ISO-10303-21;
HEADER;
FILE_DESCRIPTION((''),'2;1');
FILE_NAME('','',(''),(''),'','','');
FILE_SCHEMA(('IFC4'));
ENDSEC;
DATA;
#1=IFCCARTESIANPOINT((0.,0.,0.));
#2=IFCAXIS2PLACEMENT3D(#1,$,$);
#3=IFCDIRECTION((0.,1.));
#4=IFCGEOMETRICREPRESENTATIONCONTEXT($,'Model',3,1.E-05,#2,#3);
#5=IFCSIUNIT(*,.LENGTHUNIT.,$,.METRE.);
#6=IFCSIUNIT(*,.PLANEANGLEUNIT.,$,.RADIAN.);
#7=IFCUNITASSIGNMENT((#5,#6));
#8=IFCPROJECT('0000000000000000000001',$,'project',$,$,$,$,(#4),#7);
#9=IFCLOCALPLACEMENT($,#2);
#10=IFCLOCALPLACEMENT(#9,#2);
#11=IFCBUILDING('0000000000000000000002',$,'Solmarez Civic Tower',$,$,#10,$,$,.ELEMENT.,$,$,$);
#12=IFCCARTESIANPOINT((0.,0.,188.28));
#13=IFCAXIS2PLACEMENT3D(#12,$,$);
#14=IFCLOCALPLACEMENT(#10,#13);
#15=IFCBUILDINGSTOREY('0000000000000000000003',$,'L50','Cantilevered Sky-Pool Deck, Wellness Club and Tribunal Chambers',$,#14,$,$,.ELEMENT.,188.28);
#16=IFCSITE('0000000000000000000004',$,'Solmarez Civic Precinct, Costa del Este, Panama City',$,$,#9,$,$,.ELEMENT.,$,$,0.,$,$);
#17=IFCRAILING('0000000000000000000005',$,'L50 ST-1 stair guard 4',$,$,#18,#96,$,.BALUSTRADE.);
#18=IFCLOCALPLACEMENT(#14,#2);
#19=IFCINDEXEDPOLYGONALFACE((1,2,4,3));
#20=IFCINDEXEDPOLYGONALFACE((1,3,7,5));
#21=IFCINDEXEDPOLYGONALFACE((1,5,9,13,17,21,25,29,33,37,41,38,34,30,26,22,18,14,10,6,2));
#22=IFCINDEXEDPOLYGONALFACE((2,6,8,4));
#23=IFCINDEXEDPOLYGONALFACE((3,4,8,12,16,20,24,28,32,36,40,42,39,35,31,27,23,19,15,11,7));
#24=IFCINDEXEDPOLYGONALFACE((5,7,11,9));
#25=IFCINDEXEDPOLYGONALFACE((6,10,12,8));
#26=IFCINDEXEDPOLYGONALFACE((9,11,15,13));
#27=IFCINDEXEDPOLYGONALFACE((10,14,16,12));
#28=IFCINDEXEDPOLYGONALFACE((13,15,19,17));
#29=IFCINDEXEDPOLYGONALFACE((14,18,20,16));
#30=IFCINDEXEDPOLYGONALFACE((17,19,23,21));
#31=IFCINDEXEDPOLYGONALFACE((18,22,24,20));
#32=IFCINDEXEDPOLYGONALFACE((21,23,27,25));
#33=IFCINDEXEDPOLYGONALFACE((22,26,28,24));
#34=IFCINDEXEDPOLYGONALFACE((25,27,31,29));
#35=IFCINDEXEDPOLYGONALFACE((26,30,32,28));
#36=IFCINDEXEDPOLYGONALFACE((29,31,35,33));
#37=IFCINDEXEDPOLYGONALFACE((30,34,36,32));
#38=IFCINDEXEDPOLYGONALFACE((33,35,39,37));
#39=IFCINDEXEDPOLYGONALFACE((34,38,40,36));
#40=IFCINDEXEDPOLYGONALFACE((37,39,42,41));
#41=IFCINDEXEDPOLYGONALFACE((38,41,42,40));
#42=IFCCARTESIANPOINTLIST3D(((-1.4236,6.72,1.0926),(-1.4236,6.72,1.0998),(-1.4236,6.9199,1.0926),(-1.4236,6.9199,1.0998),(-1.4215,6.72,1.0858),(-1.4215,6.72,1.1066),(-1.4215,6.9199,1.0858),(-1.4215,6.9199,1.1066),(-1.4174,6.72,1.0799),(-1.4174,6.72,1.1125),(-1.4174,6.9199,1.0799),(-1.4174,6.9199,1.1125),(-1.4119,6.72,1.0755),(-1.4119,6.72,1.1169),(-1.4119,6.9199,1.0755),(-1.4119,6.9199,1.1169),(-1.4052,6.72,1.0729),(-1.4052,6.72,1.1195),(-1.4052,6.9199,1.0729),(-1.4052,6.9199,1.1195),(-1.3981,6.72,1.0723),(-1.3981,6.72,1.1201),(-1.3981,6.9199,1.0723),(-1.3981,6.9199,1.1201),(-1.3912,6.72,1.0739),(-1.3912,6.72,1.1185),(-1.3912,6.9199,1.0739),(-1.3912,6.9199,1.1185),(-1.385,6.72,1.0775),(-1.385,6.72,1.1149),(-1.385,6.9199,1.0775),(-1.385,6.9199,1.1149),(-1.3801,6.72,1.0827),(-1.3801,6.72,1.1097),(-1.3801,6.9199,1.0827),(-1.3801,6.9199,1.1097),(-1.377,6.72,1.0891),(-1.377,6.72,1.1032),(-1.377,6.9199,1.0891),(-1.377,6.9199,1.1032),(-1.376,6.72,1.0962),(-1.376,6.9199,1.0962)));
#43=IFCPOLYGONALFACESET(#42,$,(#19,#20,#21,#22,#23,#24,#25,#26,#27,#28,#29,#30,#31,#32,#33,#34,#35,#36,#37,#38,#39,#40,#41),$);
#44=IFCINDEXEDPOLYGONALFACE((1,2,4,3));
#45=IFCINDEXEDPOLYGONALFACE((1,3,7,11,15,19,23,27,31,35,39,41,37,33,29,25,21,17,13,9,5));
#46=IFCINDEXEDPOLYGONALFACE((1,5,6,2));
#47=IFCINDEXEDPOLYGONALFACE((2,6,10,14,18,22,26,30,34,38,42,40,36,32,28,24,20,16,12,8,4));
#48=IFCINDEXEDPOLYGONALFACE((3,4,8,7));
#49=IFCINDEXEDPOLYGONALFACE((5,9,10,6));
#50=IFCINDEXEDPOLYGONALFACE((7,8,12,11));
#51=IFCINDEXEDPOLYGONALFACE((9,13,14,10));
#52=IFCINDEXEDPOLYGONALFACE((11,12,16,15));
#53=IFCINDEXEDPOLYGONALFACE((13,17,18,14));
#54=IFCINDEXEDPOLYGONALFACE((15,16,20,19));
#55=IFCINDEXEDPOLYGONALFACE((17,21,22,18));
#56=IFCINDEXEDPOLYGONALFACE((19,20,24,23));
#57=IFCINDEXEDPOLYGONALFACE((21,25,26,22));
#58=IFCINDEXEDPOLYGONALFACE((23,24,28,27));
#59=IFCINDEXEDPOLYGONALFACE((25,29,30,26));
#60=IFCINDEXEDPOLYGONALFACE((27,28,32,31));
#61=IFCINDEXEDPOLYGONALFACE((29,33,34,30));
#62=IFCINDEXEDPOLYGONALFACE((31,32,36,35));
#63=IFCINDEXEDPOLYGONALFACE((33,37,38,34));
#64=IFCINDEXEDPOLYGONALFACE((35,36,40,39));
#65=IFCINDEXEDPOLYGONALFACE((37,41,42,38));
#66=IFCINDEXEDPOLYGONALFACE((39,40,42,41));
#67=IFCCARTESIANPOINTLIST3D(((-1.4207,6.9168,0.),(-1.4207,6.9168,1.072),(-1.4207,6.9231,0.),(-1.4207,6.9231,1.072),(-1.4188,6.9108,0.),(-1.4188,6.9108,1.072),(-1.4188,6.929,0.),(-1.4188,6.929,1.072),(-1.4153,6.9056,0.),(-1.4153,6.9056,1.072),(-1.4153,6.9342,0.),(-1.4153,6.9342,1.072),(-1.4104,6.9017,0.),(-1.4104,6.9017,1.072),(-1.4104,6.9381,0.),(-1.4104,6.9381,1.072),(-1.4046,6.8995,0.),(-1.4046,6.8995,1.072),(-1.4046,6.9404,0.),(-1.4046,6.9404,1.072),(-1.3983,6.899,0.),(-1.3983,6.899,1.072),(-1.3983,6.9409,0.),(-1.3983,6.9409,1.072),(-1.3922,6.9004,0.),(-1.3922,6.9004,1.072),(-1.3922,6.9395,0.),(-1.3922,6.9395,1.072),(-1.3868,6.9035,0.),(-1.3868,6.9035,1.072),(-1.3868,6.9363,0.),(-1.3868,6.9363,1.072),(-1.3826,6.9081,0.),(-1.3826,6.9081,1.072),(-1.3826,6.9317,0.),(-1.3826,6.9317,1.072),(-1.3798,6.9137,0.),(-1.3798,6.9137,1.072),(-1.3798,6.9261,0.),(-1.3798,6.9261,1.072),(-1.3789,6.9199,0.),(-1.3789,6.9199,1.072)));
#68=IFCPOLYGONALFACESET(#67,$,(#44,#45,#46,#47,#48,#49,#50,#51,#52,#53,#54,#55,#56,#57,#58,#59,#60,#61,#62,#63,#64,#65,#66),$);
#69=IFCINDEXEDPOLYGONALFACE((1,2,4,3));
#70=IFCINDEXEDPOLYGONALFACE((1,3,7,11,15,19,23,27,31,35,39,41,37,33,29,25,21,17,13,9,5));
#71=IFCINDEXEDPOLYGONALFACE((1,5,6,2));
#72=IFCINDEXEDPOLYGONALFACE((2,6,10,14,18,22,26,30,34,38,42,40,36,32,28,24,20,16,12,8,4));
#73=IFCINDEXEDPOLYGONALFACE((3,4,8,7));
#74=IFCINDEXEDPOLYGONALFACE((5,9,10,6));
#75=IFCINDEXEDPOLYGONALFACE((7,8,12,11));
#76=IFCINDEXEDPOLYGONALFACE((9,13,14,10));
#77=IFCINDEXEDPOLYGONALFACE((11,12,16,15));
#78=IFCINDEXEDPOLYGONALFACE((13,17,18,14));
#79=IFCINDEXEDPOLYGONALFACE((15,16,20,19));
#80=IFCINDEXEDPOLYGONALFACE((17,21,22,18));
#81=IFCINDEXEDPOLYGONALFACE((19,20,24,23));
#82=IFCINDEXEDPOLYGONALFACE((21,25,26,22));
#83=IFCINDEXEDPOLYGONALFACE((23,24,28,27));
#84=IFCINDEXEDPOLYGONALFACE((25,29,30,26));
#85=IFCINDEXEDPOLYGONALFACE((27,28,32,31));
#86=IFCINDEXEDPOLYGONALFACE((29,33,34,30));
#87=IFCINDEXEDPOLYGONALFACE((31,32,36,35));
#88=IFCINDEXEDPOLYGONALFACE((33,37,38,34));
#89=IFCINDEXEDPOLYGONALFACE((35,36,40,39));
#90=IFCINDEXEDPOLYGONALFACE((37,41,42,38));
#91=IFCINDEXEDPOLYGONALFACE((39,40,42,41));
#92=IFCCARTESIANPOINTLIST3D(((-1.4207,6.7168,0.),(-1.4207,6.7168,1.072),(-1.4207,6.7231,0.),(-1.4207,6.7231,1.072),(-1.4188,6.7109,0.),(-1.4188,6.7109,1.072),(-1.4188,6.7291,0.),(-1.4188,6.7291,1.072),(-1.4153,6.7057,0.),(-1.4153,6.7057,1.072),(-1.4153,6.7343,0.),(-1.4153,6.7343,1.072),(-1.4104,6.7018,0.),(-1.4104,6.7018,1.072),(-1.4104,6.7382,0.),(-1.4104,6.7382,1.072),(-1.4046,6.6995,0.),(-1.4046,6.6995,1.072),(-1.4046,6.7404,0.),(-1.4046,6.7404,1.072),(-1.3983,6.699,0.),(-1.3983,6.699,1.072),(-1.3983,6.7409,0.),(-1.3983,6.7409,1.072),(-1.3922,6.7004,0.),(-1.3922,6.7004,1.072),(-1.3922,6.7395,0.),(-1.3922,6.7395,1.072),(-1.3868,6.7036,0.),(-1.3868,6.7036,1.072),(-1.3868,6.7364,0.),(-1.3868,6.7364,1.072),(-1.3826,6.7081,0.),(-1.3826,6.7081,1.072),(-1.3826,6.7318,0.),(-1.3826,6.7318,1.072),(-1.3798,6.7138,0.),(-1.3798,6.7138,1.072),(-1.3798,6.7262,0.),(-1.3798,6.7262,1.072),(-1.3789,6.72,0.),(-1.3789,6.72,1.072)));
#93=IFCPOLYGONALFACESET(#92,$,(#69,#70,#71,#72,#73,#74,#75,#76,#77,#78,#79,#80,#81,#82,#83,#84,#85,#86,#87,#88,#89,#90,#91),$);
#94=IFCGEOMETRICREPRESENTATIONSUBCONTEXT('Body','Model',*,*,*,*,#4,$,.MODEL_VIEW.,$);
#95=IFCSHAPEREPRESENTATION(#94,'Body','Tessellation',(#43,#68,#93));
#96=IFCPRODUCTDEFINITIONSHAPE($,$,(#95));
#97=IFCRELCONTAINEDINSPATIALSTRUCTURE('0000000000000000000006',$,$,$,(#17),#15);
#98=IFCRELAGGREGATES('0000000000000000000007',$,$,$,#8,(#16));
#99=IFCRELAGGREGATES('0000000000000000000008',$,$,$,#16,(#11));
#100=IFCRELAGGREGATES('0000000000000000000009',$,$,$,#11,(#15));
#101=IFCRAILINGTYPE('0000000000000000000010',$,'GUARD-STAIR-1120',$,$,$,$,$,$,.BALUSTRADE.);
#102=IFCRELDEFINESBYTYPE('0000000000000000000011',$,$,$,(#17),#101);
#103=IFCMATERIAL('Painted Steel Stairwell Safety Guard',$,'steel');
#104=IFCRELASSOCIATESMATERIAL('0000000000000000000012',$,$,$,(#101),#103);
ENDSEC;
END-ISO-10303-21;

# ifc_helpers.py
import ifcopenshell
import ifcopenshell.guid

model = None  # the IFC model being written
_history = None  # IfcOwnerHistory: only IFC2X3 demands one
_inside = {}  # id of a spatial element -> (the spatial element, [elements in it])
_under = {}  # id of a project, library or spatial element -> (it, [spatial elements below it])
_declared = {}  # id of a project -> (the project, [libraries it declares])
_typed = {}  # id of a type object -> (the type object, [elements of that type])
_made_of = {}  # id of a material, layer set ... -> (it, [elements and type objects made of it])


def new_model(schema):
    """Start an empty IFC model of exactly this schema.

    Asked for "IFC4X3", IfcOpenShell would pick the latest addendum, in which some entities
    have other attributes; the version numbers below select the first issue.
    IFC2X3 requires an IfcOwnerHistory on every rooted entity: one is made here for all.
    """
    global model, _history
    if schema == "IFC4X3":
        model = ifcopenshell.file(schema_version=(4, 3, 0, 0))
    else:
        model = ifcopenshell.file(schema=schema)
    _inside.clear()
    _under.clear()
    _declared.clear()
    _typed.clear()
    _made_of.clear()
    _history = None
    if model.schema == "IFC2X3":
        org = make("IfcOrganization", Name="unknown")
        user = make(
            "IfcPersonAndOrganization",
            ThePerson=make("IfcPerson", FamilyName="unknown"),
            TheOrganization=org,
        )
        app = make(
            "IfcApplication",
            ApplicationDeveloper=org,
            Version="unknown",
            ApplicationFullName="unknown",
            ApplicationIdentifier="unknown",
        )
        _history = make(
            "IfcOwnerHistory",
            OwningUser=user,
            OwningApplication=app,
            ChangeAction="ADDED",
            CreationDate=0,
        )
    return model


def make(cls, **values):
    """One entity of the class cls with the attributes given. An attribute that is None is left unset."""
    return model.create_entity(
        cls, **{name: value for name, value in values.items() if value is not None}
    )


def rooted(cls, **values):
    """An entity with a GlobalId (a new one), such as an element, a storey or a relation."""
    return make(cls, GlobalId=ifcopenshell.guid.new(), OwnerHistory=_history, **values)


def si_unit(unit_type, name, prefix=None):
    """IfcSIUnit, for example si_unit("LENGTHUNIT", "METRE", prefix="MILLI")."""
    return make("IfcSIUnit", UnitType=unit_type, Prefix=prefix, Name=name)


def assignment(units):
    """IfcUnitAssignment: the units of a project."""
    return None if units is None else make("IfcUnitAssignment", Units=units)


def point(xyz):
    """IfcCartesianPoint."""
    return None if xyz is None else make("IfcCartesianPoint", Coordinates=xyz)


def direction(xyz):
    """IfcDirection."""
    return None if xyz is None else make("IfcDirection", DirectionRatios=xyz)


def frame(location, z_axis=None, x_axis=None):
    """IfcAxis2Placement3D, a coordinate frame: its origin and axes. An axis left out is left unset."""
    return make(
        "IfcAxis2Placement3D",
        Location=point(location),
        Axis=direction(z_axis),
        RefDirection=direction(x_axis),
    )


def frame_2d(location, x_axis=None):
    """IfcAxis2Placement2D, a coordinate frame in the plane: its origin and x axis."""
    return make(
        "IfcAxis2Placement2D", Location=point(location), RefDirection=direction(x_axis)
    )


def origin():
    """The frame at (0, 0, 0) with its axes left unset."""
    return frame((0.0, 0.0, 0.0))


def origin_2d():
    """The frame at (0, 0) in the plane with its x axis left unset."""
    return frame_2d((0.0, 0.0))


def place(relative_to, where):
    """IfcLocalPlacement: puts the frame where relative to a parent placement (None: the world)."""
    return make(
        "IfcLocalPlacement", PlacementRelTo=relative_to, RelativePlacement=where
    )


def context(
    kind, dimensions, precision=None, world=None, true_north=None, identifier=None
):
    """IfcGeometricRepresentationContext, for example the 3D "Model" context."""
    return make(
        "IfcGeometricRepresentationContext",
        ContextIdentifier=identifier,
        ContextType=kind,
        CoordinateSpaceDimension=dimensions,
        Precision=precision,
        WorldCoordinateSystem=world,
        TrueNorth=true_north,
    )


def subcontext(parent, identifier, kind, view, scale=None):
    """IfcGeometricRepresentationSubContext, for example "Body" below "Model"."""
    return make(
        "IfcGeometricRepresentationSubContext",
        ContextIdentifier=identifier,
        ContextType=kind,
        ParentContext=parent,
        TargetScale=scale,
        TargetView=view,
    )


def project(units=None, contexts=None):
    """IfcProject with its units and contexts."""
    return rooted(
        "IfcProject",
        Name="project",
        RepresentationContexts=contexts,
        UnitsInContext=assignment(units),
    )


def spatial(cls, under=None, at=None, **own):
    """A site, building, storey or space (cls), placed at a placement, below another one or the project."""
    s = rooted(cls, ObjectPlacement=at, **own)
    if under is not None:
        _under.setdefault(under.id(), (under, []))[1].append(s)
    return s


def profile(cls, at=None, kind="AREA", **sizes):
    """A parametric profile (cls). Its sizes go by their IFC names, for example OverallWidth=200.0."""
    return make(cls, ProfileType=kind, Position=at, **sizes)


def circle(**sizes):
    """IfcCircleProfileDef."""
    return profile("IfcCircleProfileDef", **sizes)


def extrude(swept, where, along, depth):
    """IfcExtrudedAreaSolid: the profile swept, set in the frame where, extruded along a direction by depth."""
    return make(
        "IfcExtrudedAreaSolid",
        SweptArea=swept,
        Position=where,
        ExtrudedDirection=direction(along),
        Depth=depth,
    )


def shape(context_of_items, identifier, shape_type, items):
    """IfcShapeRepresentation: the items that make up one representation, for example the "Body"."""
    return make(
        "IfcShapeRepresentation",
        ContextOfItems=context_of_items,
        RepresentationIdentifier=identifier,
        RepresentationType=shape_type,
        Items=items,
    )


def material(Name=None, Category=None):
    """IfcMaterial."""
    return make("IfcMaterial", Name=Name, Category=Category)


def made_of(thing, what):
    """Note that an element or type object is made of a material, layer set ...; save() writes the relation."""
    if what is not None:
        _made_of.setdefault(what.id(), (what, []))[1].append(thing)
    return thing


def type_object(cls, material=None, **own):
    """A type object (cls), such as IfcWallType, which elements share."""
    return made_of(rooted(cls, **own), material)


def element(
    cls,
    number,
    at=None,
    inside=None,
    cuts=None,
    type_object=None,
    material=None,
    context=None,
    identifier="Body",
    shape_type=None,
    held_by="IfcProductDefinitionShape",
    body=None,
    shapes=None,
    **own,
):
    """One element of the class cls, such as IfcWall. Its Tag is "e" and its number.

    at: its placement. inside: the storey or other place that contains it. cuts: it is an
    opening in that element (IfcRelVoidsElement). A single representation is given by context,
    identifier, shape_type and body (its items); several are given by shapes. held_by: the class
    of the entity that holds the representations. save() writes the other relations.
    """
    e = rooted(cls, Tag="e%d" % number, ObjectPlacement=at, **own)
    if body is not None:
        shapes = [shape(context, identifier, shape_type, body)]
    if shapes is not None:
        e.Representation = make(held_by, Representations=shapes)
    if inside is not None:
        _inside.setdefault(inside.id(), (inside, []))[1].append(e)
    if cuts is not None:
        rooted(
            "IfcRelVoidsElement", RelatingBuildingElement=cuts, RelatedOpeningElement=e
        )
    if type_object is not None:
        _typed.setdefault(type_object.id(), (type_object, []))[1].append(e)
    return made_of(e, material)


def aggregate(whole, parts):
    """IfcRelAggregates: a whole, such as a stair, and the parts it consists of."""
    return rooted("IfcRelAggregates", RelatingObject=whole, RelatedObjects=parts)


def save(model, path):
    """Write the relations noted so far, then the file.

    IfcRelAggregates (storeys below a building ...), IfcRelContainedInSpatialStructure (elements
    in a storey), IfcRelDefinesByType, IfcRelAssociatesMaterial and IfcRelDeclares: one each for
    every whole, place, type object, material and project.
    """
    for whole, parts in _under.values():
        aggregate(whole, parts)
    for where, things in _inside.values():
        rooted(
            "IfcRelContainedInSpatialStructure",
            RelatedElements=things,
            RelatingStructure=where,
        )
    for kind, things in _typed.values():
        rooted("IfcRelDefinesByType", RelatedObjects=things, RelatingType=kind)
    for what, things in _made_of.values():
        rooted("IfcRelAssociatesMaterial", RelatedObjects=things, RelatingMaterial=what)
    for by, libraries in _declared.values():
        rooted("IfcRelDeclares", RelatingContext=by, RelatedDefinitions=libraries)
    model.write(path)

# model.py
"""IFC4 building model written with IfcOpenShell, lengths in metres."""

from ifc_helpers import new_model, si_unit, direction, frame, origin, origin_2d, place, context, subcontext, project, spatial, circle, extrude, material, type_object, element, save


model = new_model("IFC4")

# Units and contexts
model_context = context("Model", 3, precision=1e-05, world=origin(), true_north=direction((0.0, 1.0)))
body_context = subcontext(model_context, "Body", "Model", "MODEL_VIEW")
ifc_project = project(units=[si_unit("LENGTHUNIT", "METRE"), si_unit("PLANEANGLEUNIT", "RADIAN")], contexts=[model_context])

# Site, building, storey
site_placement = place(None, origin())
site = spatial("IfcSite", under=ifc_project, at=site_placement, Name="Solmarez Civic Precinct, Costa del Este, Panama City", CompositionType="ELEMENT", RefElevation=0.0)
building_placement = place(site_placement, origin())
building = spatial("IfcBuilding", under=site, at=building_placement, Name="Solmarez Civic Tower", CompositionType="ELEMENT")
storey_placement = place(building_placement, frame((0.0, 0.0, 188.28)))
storey = spatial("IfcBuildingStorey", under=building, at=storey_placement, Name="L50", Description="Cantilevered Sky-Pool Deck, Wellness Club and Tribunal Chambers", CompositionType="ELEMENT", Elevation=188.28)

# Railing
ifc_material_1 = material(Name="Painted Steel Stairwell Safety Guard", Category="steel")
railing_type_1 = type_object("IfcRailingType", Name="GUARD-STAIR-1120", PredefinedType="BALUSTRADE", material=ifc_material_1)
railing_1_placement = place(storey_placement, frame((-1.3999, 6.9199, 0.0)))
element("IfcRailing", 1, at=railing_1_placement, inside=storey, type_object=railing_type_1, Name="L50 ST-1 stair guard 4", PredefinedType="BALUSTRADE", context=body_context, shape_type="SweptSolid", body=[
    extrude(circle(Radius=0.0239, at=origin_2d()), frame((0.0, 0.0, 1.0962), z_axis=(0.0, -1.0, 0.0), x_axis=(1.0, 0.0, 0.0)), (0.0, 0.0, 1.0), 0.2),
    extrude(circle(Radius=0.021, at=origin_2d()), origin(), (0.0, 0.0, 1.0), 1.072),
    extrude(circle(Radius=0.021, at=origin_2d()), frame((0.0, -0.2, 0.0)), (0.0, 0.0, 1.0), 1.072),
])

save(model, "model.ifc")
